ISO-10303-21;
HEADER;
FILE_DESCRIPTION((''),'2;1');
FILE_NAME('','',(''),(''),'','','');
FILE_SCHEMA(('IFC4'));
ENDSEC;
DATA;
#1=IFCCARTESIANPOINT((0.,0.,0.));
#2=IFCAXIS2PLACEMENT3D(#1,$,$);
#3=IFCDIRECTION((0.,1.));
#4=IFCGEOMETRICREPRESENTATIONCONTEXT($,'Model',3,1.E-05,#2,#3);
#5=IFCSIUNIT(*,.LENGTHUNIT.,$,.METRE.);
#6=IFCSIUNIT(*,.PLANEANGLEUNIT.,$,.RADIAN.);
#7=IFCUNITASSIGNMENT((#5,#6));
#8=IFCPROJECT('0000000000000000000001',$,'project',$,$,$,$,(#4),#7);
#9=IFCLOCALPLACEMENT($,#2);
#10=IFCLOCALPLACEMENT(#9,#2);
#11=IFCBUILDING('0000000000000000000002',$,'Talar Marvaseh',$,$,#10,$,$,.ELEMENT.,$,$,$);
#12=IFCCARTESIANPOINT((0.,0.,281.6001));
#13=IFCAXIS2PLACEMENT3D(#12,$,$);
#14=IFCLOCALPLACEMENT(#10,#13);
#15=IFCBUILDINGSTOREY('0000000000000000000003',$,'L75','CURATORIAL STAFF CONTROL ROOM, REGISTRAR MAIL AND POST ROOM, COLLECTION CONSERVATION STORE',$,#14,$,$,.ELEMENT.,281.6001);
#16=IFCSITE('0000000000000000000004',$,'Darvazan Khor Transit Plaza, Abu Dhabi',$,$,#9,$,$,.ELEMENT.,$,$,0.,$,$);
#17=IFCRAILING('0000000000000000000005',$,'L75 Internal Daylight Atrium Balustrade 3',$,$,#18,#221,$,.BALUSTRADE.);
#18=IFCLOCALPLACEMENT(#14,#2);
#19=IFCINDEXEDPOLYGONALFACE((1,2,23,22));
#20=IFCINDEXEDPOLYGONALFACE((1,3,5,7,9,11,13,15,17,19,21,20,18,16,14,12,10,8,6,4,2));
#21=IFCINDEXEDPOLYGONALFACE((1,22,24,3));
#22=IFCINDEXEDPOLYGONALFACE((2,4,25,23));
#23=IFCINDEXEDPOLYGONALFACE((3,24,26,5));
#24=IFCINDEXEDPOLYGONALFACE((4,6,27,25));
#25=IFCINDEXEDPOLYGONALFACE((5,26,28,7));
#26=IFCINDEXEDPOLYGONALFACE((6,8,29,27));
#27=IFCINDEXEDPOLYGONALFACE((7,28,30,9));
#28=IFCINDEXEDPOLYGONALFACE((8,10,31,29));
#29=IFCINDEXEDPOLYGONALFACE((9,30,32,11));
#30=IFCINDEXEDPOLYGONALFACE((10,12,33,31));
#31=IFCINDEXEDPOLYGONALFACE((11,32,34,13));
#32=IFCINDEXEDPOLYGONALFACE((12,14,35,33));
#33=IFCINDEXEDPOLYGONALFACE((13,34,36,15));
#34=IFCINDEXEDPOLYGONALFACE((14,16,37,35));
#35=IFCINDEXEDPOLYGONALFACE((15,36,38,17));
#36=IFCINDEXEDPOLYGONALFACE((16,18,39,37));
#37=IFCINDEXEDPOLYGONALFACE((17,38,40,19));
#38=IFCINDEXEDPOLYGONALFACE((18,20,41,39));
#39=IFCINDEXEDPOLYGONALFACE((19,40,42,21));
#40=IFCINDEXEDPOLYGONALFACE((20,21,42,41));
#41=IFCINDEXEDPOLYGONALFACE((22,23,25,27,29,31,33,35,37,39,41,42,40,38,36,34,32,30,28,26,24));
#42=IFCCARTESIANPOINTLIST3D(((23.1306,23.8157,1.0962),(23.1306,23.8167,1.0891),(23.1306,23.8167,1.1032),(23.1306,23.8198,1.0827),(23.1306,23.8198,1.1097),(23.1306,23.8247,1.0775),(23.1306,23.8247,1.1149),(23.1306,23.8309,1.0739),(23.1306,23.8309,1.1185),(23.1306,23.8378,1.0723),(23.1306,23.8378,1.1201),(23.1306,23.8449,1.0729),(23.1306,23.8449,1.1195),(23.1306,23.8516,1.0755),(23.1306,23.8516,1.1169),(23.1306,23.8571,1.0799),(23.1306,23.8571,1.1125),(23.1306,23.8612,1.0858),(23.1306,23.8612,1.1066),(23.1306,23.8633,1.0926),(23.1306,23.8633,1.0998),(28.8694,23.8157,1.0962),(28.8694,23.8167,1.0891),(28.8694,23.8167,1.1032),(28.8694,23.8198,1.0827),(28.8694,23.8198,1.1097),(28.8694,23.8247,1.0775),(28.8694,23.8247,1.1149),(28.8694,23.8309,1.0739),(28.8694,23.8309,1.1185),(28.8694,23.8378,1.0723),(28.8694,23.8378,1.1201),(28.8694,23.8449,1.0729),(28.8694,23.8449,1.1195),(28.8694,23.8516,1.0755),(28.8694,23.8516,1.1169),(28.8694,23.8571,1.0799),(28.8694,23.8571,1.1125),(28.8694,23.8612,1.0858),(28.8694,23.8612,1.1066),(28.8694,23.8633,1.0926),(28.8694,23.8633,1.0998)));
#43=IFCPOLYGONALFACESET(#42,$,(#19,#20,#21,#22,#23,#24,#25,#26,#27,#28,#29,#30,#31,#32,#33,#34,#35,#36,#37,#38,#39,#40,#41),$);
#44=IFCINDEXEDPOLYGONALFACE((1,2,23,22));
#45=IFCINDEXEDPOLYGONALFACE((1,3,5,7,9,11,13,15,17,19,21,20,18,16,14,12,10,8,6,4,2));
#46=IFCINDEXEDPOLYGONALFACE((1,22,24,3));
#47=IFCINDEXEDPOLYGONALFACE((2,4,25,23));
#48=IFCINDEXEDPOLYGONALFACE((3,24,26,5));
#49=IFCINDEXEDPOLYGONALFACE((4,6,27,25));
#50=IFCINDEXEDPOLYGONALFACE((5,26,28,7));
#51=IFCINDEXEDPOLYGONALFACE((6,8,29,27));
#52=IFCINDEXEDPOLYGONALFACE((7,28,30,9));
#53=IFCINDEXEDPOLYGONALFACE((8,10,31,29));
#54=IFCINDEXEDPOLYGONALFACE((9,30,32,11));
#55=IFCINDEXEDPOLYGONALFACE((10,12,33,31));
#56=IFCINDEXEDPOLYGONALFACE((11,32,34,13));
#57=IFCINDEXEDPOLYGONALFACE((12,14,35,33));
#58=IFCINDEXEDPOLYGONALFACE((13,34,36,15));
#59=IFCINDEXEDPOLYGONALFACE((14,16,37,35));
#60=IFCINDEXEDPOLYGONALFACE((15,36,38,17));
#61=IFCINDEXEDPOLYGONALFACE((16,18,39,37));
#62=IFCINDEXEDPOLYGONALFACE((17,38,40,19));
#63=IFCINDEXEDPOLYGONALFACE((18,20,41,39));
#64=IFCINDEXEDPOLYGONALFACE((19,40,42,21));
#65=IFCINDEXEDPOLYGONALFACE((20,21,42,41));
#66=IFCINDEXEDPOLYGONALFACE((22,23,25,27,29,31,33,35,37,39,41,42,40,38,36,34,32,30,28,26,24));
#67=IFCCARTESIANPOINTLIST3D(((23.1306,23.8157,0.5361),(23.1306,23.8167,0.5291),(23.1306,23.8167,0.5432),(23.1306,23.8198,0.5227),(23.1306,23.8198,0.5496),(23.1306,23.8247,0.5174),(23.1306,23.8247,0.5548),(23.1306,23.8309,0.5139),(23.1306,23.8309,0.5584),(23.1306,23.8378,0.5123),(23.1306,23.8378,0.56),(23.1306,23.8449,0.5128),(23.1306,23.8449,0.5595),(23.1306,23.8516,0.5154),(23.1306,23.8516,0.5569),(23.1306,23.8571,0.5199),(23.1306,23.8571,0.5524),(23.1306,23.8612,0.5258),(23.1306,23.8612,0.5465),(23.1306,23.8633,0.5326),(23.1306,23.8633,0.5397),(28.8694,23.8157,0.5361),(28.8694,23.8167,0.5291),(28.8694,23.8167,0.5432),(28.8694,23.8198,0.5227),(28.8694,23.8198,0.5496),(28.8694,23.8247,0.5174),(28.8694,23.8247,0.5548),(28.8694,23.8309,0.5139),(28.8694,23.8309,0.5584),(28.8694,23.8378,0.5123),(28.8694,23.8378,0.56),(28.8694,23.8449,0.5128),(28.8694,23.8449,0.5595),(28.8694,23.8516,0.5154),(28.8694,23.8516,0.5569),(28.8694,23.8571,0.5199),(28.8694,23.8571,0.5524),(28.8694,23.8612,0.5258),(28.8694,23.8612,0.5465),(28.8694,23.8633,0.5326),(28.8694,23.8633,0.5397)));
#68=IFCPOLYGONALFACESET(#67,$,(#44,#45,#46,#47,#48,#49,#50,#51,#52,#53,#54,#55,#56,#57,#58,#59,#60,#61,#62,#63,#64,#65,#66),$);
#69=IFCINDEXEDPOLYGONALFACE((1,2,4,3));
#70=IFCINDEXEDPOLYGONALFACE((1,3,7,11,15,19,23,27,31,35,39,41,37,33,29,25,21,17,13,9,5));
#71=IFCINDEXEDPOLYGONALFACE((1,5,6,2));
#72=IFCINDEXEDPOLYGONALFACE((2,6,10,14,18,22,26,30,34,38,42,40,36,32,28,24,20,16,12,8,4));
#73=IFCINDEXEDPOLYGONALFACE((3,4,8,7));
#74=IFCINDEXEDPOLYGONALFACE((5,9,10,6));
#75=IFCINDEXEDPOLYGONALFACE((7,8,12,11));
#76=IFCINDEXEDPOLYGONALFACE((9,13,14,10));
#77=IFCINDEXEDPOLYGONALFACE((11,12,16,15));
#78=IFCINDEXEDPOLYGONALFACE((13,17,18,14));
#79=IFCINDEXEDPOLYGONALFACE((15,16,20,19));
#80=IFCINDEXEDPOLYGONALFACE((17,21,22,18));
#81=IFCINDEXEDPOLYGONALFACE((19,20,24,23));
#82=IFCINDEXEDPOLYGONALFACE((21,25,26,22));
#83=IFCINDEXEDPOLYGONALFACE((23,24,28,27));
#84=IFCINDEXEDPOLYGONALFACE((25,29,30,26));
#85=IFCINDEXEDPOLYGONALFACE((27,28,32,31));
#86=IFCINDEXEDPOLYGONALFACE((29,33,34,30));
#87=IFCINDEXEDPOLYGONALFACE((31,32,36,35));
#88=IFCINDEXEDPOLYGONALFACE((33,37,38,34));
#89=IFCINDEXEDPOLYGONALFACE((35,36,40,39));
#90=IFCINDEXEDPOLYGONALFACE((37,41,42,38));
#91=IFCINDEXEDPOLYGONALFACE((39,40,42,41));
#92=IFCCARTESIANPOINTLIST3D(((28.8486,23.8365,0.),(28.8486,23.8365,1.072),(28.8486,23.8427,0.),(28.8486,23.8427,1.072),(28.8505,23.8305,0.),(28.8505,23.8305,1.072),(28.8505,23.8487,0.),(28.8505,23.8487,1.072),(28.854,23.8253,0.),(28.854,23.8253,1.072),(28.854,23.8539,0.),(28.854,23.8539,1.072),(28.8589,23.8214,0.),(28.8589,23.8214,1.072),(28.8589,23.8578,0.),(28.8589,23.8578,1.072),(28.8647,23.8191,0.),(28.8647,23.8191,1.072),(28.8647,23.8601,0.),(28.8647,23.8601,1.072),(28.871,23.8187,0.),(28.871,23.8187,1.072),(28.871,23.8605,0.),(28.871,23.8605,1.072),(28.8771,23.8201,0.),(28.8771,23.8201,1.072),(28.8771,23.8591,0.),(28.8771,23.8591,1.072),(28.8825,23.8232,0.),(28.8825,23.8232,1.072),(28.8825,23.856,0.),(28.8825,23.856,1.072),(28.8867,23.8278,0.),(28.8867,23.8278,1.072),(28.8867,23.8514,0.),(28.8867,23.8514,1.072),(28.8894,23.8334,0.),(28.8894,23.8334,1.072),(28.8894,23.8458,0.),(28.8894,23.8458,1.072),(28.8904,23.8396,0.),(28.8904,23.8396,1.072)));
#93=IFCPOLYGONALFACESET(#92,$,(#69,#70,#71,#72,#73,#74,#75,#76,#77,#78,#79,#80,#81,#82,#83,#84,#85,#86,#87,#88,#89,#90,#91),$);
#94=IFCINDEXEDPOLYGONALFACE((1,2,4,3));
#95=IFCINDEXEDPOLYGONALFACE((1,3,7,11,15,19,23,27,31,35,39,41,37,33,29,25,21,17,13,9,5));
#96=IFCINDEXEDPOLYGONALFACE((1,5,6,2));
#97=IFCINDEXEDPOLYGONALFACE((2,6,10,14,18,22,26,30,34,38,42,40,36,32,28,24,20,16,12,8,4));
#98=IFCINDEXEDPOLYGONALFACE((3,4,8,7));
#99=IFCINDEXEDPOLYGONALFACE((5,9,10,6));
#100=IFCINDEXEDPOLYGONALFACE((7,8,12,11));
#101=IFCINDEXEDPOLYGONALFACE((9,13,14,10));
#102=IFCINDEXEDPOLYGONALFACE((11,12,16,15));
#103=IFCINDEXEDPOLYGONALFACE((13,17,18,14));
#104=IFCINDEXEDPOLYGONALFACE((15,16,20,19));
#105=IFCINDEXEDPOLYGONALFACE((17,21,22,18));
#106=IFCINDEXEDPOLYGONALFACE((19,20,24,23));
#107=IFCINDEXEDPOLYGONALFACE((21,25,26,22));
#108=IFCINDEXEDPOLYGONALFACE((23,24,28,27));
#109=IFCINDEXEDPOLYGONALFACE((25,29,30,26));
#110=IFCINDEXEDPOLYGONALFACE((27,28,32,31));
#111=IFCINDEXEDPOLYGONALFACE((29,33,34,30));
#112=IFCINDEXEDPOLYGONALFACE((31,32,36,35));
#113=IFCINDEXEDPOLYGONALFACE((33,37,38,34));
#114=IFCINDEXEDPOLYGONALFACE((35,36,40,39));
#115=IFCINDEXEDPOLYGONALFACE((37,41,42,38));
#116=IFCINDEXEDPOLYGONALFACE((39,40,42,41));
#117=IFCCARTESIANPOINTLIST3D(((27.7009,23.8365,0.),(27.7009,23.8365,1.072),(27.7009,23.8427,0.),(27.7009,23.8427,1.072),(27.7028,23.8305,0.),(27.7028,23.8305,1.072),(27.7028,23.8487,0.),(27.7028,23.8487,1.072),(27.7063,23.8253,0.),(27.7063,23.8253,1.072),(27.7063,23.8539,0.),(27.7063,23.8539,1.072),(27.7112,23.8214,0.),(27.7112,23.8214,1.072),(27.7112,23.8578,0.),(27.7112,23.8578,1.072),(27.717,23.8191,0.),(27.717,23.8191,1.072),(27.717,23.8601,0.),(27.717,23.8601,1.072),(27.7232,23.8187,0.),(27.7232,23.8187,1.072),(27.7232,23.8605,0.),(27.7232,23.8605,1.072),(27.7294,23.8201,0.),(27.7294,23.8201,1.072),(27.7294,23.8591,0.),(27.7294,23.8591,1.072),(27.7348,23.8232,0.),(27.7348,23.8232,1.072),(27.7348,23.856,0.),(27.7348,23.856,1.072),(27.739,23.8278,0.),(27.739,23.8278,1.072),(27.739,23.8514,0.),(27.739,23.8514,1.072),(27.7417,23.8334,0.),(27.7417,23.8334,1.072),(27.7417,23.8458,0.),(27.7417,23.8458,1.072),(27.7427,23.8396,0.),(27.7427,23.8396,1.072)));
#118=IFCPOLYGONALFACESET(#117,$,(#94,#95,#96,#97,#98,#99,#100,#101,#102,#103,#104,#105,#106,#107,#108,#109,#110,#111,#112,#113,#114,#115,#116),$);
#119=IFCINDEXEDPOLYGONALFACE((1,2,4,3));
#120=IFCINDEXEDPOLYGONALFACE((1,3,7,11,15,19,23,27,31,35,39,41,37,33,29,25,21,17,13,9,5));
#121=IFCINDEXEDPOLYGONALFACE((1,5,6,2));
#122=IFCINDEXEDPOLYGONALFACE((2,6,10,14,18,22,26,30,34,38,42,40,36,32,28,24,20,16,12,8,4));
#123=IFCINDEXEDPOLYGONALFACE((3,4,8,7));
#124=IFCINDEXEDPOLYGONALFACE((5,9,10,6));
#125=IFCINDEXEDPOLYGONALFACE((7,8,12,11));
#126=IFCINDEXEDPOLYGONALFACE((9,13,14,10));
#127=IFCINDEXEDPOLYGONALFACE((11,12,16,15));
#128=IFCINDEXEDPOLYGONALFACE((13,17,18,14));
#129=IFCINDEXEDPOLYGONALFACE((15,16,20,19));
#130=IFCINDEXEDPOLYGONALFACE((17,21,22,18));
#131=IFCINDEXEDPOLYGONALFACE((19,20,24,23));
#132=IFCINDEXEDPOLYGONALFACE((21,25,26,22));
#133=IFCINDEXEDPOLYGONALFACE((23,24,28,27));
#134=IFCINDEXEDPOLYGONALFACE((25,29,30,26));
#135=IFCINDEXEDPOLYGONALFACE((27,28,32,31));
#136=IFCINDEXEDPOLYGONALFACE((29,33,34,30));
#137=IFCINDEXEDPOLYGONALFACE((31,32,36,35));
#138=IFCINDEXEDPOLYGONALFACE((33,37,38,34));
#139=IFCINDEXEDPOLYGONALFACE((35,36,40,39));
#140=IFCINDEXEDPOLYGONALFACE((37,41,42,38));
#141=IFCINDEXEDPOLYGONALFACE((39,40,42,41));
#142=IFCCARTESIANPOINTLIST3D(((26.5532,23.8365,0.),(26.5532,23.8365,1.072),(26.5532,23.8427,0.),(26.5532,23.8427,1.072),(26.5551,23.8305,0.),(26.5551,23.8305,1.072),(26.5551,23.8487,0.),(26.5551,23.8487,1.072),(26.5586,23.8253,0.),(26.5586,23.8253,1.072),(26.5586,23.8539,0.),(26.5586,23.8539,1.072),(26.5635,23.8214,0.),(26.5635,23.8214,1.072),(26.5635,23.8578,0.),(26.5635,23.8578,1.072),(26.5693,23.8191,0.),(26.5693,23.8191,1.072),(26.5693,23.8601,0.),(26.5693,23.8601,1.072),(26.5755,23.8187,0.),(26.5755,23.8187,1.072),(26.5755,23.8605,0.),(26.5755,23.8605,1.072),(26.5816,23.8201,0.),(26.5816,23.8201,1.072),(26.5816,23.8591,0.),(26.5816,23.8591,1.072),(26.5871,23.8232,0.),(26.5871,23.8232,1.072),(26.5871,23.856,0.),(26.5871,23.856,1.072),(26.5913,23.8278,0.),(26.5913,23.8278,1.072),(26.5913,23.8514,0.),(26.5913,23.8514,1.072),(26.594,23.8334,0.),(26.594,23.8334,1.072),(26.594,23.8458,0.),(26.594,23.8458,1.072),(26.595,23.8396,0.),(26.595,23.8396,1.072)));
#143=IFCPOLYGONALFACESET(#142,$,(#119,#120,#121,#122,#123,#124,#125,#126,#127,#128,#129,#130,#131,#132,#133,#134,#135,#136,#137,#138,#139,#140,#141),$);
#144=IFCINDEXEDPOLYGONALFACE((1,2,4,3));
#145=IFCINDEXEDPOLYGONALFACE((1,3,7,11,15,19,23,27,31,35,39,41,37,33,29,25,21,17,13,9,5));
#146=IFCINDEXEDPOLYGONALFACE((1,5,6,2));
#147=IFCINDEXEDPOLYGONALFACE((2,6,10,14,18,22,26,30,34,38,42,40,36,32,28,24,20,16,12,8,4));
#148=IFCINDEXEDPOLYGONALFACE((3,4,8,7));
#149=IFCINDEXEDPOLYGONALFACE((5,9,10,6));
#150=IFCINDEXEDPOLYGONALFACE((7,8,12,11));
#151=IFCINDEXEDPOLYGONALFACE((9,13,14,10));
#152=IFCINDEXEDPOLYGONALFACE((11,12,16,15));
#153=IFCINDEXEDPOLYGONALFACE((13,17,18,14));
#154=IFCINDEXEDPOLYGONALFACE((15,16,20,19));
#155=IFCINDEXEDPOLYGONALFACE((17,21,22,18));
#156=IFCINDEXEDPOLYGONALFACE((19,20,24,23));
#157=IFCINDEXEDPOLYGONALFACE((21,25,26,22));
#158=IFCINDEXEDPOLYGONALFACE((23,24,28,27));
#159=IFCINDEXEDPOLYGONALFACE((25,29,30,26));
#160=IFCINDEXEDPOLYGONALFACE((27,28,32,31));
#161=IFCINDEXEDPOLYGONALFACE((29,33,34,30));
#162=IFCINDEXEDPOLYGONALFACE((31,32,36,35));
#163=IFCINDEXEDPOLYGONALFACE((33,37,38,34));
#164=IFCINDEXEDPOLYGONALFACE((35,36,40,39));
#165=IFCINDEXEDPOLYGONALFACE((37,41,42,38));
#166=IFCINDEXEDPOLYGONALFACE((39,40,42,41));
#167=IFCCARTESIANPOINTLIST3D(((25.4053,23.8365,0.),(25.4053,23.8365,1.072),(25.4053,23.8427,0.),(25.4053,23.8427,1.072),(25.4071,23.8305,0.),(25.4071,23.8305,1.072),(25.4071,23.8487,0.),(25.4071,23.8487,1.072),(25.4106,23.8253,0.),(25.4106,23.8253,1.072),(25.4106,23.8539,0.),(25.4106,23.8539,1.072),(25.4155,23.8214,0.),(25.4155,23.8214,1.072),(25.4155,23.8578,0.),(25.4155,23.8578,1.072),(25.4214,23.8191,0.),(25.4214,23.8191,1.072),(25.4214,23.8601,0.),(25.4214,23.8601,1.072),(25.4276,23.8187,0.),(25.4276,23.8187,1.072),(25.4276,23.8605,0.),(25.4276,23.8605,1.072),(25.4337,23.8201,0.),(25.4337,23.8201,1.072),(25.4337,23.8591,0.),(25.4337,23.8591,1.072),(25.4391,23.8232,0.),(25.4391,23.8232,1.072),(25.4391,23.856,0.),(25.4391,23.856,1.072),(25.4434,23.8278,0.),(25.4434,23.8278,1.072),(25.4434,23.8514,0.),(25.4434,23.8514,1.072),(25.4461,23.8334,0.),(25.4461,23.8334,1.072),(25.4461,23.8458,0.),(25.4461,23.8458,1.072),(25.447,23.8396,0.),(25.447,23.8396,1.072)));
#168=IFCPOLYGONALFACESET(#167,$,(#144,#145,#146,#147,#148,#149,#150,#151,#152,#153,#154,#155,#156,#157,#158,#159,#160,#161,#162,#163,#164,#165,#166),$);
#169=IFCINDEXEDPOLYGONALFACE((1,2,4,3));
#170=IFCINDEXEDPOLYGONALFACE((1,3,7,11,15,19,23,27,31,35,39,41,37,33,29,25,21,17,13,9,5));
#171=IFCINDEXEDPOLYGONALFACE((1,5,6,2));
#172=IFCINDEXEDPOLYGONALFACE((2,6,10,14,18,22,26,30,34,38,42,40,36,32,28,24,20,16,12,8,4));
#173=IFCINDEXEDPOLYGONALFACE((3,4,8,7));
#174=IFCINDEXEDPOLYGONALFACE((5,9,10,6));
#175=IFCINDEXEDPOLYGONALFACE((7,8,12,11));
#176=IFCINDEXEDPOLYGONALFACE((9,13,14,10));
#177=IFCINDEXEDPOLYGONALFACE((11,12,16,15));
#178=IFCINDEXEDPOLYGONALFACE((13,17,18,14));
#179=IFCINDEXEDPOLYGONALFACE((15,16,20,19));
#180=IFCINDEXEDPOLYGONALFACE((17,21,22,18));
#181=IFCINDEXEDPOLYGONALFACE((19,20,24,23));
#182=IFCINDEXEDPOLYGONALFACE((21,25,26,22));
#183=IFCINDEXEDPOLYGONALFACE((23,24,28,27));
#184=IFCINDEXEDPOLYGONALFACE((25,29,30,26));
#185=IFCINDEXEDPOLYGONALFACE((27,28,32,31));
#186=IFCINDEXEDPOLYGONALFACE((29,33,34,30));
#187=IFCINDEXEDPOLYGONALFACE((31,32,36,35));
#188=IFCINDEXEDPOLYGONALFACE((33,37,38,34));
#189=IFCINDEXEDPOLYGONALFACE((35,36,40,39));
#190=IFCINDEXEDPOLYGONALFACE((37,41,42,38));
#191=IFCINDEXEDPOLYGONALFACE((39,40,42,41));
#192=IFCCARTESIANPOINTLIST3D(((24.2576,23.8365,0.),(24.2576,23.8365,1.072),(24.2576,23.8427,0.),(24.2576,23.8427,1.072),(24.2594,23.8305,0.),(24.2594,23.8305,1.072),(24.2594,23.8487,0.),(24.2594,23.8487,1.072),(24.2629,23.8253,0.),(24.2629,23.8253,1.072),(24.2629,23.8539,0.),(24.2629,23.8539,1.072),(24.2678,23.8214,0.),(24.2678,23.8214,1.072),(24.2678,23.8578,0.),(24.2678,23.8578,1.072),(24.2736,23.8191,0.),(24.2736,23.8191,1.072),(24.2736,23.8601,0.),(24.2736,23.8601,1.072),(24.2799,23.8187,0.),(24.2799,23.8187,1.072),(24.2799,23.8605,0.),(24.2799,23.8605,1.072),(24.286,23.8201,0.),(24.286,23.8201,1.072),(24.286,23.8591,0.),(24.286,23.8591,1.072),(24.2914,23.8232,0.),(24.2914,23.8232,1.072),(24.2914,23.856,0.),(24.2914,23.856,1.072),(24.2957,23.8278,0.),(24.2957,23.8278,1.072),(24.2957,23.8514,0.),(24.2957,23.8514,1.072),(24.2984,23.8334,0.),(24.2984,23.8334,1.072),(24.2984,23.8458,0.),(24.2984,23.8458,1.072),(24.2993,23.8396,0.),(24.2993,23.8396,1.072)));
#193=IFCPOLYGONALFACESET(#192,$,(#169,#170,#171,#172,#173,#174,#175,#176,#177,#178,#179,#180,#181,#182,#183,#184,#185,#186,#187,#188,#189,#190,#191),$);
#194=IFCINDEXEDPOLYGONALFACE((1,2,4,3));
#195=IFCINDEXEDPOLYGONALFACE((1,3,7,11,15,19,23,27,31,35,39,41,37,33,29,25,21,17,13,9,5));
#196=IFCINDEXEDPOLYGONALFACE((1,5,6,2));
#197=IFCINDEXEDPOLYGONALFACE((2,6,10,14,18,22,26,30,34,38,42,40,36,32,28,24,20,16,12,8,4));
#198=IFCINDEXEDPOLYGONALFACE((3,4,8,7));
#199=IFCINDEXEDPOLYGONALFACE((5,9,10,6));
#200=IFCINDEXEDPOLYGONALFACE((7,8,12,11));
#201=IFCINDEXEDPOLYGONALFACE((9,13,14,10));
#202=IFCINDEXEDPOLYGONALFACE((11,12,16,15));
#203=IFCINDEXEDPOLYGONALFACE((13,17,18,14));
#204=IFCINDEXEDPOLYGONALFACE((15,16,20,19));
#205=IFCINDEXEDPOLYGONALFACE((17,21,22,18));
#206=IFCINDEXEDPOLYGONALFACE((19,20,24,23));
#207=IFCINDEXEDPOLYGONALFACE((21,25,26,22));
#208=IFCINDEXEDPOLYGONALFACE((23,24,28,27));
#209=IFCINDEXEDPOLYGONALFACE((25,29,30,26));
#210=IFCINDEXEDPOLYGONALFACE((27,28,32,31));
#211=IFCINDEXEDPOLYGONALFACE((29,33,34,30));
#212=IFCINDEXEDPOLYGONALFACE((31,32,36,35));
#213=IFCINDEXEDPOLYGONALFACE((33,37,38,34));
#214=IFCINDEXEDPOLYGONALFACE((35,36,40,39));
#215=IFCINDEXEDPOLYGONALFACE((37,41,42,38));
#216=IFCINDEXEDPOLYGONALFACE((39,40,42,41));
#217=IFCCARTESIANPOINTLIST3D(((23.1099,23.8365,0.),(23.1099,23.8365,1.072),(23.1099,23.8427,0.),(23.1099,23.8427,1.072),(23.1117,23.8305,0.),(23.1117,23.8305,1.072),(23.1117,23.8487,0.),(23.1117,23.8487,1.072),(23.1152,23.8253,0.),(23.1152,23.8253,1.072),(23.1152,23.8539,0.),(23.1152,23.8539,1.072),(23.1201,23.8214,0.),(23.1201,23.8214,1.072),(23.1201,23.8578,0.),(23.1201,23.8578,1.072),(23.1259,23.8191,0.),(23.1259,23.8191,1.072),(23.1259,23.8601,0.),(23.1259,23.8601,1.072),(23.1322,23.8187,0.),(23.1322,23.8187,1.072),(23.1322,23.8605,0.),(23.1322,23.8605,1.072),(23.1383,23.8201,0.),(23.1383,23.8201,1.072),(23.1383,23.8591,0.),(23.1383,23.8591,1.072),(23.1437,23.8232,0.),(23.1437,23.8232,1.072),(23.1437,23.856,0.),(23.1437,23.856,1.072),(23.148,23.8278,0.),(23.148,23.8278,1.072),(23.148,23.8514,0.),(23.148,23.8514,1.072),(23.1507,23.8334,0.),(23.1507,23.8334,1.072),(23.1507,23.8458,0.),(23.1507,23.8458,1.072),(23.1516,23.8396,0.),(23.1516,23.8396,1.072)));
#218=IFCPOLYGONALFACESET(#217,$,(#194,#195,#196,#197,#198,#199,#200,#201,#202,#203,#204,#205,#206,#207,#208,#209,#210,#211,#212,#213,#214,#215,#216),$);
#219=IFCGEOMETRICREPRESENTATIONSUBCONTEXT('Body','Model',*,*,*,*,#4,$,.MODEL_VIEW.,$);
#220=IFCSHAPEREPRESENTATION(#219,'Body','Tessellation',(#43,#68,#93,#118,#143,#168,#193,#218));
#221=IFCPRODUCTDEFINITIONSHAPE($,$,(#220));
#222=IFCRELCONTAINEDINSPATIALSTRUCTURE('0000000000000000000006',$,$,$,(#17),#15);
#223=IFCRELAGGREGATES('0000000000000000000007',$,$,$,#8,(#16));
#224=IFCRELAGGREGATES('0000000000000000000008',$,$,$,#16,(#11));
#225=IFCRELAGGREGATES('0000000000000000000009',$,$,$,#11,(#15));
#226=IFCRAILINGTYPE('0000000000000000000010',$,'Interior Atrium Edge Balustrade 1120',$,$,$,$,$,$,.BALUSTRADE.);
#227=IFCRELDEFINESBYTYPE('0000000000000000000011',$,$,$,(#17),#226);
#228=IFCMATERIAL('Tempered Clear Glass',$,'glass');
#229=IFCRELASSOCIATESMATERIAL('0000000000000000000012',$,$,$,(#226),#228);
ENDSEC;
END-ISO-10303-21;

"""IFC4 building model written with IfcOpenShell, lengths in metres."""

from ifc_helpers import new_model, si_unit, direction, frame, origin, origin_2d, place, context, subcontext, project, spatial, circle, extrude, material, type_object, element, save


model = new_model("IFC4")

# Units and contexts
model_context = context("Model", 3, precision=1e-05, world=origin(), true_north=direction((0.0, 1.0)))
body_context = subcontext(model_context, "Body", "Model", "MODEL_VIEW")
ifc_project = project(units=[si_unit("LENGTHUNIT", "METRE"), si_unit("PLANEANGLEUNIT", "RADIAN")], contexts=[model_context])

# Site, building, storey
site_placement = place(None, origin())
site = spatial("IfcSite", under=ifc_project, at=site_placement, Name="Darvazan Khor Transit Plaza, Abu Dhabi", CompositionType="ELEMENT", RefElevation=0.0)
building_placement = place(site_placement, origin())
building = spatial("IfcBuilding", under=site, at=building_placement, Name="Talar Marvaseh", CompositionType="ELEMENT")
storey_placement = place(building_placement, frame((0.0, 0.0, 281.6001)))
storey = spatial("IfcBuildingStorey", under=building, at=storey_placement, Name="L75", Description="CURATORIAL STAFF CONTROL ROOM, REGISTRAR MAIL AND POST ROOM, COLLECTION CONSERVATION STORE", CompositionType="ELEMENT", Elevation=281.6001)

# Railing
ifc_material_1 = material(Name="Tempered Clear Glass", Category="glass")
railing_type = type_object("IfcRailingType", Name="Interior Atrium Edge Balustrade 1120", PredefinedType="BALUSTRADE", material=ifc_material_1)
railing_1_placement = place(storey_placement, frame((28.8694, 23.8396, 0.0)))
element("IfcRailing", 1, at=railing_1_placement, inside=storey, type_object=railing_type, Name="L75 Internal Daylight Atrium Balustrade 3", PredefinedType="BALUSTRADE", context=body_context, shape_type="SweptSolid", body=[
    extrude(circle(Radius=0.0239, at=origin_2d()), frame((0.0, 0.0, 1.0962), z_axis=(-1.0, 0.0, 0.0), x_axis=(0.0, -1.0, 0.0)), (0.0, 0.0, 1.0), 5.7388),
    extrude(circle(Radius=0.0239, at=origin_2d()), frame((0.0, 0.0, 0.5361), z_axis=(-1.0, 0.0, 0.0), x_axis=(0.0, -1.0, 0.0)), (0.0, 0.0, 1.0), 5.7388),
    extrude(circle(Radius=0.021, at=origin_2d()), origin(), (0.0, 0.0, 1.0), 1.072),
    extrude(circle(Radius=0.021, at=origin_2d()), frame((-1.1477, 0.0, 0.0)), (0.0, 0.0, 1.0), 1.072),
    extrude(circle(Radius=0.021, at=origin_2d()), frame((-2.2954, 0.0, 0.0)), (0.0, 0.0, 1.0), 1.072),
    extrude(circle(Radius=0.021, at=origin_2d()), frame((-3.4434, 0.0, 0.0)), (0.0, 0.0, 1.0), 1.072),
    extrude(circle(Radius=0.021, at=origin_2d()), frame((-4.5911, 0.0, 0.0)), (0.0, 0.0, 1.0), 1.072),
    extrude(circle(Radius=0.021, at=origin_2d()), frame((-5.7388, 0.0, 0.0)), (0.0, 0.0, 1.0), 1.072),
])

save(model, "model.ifc")
